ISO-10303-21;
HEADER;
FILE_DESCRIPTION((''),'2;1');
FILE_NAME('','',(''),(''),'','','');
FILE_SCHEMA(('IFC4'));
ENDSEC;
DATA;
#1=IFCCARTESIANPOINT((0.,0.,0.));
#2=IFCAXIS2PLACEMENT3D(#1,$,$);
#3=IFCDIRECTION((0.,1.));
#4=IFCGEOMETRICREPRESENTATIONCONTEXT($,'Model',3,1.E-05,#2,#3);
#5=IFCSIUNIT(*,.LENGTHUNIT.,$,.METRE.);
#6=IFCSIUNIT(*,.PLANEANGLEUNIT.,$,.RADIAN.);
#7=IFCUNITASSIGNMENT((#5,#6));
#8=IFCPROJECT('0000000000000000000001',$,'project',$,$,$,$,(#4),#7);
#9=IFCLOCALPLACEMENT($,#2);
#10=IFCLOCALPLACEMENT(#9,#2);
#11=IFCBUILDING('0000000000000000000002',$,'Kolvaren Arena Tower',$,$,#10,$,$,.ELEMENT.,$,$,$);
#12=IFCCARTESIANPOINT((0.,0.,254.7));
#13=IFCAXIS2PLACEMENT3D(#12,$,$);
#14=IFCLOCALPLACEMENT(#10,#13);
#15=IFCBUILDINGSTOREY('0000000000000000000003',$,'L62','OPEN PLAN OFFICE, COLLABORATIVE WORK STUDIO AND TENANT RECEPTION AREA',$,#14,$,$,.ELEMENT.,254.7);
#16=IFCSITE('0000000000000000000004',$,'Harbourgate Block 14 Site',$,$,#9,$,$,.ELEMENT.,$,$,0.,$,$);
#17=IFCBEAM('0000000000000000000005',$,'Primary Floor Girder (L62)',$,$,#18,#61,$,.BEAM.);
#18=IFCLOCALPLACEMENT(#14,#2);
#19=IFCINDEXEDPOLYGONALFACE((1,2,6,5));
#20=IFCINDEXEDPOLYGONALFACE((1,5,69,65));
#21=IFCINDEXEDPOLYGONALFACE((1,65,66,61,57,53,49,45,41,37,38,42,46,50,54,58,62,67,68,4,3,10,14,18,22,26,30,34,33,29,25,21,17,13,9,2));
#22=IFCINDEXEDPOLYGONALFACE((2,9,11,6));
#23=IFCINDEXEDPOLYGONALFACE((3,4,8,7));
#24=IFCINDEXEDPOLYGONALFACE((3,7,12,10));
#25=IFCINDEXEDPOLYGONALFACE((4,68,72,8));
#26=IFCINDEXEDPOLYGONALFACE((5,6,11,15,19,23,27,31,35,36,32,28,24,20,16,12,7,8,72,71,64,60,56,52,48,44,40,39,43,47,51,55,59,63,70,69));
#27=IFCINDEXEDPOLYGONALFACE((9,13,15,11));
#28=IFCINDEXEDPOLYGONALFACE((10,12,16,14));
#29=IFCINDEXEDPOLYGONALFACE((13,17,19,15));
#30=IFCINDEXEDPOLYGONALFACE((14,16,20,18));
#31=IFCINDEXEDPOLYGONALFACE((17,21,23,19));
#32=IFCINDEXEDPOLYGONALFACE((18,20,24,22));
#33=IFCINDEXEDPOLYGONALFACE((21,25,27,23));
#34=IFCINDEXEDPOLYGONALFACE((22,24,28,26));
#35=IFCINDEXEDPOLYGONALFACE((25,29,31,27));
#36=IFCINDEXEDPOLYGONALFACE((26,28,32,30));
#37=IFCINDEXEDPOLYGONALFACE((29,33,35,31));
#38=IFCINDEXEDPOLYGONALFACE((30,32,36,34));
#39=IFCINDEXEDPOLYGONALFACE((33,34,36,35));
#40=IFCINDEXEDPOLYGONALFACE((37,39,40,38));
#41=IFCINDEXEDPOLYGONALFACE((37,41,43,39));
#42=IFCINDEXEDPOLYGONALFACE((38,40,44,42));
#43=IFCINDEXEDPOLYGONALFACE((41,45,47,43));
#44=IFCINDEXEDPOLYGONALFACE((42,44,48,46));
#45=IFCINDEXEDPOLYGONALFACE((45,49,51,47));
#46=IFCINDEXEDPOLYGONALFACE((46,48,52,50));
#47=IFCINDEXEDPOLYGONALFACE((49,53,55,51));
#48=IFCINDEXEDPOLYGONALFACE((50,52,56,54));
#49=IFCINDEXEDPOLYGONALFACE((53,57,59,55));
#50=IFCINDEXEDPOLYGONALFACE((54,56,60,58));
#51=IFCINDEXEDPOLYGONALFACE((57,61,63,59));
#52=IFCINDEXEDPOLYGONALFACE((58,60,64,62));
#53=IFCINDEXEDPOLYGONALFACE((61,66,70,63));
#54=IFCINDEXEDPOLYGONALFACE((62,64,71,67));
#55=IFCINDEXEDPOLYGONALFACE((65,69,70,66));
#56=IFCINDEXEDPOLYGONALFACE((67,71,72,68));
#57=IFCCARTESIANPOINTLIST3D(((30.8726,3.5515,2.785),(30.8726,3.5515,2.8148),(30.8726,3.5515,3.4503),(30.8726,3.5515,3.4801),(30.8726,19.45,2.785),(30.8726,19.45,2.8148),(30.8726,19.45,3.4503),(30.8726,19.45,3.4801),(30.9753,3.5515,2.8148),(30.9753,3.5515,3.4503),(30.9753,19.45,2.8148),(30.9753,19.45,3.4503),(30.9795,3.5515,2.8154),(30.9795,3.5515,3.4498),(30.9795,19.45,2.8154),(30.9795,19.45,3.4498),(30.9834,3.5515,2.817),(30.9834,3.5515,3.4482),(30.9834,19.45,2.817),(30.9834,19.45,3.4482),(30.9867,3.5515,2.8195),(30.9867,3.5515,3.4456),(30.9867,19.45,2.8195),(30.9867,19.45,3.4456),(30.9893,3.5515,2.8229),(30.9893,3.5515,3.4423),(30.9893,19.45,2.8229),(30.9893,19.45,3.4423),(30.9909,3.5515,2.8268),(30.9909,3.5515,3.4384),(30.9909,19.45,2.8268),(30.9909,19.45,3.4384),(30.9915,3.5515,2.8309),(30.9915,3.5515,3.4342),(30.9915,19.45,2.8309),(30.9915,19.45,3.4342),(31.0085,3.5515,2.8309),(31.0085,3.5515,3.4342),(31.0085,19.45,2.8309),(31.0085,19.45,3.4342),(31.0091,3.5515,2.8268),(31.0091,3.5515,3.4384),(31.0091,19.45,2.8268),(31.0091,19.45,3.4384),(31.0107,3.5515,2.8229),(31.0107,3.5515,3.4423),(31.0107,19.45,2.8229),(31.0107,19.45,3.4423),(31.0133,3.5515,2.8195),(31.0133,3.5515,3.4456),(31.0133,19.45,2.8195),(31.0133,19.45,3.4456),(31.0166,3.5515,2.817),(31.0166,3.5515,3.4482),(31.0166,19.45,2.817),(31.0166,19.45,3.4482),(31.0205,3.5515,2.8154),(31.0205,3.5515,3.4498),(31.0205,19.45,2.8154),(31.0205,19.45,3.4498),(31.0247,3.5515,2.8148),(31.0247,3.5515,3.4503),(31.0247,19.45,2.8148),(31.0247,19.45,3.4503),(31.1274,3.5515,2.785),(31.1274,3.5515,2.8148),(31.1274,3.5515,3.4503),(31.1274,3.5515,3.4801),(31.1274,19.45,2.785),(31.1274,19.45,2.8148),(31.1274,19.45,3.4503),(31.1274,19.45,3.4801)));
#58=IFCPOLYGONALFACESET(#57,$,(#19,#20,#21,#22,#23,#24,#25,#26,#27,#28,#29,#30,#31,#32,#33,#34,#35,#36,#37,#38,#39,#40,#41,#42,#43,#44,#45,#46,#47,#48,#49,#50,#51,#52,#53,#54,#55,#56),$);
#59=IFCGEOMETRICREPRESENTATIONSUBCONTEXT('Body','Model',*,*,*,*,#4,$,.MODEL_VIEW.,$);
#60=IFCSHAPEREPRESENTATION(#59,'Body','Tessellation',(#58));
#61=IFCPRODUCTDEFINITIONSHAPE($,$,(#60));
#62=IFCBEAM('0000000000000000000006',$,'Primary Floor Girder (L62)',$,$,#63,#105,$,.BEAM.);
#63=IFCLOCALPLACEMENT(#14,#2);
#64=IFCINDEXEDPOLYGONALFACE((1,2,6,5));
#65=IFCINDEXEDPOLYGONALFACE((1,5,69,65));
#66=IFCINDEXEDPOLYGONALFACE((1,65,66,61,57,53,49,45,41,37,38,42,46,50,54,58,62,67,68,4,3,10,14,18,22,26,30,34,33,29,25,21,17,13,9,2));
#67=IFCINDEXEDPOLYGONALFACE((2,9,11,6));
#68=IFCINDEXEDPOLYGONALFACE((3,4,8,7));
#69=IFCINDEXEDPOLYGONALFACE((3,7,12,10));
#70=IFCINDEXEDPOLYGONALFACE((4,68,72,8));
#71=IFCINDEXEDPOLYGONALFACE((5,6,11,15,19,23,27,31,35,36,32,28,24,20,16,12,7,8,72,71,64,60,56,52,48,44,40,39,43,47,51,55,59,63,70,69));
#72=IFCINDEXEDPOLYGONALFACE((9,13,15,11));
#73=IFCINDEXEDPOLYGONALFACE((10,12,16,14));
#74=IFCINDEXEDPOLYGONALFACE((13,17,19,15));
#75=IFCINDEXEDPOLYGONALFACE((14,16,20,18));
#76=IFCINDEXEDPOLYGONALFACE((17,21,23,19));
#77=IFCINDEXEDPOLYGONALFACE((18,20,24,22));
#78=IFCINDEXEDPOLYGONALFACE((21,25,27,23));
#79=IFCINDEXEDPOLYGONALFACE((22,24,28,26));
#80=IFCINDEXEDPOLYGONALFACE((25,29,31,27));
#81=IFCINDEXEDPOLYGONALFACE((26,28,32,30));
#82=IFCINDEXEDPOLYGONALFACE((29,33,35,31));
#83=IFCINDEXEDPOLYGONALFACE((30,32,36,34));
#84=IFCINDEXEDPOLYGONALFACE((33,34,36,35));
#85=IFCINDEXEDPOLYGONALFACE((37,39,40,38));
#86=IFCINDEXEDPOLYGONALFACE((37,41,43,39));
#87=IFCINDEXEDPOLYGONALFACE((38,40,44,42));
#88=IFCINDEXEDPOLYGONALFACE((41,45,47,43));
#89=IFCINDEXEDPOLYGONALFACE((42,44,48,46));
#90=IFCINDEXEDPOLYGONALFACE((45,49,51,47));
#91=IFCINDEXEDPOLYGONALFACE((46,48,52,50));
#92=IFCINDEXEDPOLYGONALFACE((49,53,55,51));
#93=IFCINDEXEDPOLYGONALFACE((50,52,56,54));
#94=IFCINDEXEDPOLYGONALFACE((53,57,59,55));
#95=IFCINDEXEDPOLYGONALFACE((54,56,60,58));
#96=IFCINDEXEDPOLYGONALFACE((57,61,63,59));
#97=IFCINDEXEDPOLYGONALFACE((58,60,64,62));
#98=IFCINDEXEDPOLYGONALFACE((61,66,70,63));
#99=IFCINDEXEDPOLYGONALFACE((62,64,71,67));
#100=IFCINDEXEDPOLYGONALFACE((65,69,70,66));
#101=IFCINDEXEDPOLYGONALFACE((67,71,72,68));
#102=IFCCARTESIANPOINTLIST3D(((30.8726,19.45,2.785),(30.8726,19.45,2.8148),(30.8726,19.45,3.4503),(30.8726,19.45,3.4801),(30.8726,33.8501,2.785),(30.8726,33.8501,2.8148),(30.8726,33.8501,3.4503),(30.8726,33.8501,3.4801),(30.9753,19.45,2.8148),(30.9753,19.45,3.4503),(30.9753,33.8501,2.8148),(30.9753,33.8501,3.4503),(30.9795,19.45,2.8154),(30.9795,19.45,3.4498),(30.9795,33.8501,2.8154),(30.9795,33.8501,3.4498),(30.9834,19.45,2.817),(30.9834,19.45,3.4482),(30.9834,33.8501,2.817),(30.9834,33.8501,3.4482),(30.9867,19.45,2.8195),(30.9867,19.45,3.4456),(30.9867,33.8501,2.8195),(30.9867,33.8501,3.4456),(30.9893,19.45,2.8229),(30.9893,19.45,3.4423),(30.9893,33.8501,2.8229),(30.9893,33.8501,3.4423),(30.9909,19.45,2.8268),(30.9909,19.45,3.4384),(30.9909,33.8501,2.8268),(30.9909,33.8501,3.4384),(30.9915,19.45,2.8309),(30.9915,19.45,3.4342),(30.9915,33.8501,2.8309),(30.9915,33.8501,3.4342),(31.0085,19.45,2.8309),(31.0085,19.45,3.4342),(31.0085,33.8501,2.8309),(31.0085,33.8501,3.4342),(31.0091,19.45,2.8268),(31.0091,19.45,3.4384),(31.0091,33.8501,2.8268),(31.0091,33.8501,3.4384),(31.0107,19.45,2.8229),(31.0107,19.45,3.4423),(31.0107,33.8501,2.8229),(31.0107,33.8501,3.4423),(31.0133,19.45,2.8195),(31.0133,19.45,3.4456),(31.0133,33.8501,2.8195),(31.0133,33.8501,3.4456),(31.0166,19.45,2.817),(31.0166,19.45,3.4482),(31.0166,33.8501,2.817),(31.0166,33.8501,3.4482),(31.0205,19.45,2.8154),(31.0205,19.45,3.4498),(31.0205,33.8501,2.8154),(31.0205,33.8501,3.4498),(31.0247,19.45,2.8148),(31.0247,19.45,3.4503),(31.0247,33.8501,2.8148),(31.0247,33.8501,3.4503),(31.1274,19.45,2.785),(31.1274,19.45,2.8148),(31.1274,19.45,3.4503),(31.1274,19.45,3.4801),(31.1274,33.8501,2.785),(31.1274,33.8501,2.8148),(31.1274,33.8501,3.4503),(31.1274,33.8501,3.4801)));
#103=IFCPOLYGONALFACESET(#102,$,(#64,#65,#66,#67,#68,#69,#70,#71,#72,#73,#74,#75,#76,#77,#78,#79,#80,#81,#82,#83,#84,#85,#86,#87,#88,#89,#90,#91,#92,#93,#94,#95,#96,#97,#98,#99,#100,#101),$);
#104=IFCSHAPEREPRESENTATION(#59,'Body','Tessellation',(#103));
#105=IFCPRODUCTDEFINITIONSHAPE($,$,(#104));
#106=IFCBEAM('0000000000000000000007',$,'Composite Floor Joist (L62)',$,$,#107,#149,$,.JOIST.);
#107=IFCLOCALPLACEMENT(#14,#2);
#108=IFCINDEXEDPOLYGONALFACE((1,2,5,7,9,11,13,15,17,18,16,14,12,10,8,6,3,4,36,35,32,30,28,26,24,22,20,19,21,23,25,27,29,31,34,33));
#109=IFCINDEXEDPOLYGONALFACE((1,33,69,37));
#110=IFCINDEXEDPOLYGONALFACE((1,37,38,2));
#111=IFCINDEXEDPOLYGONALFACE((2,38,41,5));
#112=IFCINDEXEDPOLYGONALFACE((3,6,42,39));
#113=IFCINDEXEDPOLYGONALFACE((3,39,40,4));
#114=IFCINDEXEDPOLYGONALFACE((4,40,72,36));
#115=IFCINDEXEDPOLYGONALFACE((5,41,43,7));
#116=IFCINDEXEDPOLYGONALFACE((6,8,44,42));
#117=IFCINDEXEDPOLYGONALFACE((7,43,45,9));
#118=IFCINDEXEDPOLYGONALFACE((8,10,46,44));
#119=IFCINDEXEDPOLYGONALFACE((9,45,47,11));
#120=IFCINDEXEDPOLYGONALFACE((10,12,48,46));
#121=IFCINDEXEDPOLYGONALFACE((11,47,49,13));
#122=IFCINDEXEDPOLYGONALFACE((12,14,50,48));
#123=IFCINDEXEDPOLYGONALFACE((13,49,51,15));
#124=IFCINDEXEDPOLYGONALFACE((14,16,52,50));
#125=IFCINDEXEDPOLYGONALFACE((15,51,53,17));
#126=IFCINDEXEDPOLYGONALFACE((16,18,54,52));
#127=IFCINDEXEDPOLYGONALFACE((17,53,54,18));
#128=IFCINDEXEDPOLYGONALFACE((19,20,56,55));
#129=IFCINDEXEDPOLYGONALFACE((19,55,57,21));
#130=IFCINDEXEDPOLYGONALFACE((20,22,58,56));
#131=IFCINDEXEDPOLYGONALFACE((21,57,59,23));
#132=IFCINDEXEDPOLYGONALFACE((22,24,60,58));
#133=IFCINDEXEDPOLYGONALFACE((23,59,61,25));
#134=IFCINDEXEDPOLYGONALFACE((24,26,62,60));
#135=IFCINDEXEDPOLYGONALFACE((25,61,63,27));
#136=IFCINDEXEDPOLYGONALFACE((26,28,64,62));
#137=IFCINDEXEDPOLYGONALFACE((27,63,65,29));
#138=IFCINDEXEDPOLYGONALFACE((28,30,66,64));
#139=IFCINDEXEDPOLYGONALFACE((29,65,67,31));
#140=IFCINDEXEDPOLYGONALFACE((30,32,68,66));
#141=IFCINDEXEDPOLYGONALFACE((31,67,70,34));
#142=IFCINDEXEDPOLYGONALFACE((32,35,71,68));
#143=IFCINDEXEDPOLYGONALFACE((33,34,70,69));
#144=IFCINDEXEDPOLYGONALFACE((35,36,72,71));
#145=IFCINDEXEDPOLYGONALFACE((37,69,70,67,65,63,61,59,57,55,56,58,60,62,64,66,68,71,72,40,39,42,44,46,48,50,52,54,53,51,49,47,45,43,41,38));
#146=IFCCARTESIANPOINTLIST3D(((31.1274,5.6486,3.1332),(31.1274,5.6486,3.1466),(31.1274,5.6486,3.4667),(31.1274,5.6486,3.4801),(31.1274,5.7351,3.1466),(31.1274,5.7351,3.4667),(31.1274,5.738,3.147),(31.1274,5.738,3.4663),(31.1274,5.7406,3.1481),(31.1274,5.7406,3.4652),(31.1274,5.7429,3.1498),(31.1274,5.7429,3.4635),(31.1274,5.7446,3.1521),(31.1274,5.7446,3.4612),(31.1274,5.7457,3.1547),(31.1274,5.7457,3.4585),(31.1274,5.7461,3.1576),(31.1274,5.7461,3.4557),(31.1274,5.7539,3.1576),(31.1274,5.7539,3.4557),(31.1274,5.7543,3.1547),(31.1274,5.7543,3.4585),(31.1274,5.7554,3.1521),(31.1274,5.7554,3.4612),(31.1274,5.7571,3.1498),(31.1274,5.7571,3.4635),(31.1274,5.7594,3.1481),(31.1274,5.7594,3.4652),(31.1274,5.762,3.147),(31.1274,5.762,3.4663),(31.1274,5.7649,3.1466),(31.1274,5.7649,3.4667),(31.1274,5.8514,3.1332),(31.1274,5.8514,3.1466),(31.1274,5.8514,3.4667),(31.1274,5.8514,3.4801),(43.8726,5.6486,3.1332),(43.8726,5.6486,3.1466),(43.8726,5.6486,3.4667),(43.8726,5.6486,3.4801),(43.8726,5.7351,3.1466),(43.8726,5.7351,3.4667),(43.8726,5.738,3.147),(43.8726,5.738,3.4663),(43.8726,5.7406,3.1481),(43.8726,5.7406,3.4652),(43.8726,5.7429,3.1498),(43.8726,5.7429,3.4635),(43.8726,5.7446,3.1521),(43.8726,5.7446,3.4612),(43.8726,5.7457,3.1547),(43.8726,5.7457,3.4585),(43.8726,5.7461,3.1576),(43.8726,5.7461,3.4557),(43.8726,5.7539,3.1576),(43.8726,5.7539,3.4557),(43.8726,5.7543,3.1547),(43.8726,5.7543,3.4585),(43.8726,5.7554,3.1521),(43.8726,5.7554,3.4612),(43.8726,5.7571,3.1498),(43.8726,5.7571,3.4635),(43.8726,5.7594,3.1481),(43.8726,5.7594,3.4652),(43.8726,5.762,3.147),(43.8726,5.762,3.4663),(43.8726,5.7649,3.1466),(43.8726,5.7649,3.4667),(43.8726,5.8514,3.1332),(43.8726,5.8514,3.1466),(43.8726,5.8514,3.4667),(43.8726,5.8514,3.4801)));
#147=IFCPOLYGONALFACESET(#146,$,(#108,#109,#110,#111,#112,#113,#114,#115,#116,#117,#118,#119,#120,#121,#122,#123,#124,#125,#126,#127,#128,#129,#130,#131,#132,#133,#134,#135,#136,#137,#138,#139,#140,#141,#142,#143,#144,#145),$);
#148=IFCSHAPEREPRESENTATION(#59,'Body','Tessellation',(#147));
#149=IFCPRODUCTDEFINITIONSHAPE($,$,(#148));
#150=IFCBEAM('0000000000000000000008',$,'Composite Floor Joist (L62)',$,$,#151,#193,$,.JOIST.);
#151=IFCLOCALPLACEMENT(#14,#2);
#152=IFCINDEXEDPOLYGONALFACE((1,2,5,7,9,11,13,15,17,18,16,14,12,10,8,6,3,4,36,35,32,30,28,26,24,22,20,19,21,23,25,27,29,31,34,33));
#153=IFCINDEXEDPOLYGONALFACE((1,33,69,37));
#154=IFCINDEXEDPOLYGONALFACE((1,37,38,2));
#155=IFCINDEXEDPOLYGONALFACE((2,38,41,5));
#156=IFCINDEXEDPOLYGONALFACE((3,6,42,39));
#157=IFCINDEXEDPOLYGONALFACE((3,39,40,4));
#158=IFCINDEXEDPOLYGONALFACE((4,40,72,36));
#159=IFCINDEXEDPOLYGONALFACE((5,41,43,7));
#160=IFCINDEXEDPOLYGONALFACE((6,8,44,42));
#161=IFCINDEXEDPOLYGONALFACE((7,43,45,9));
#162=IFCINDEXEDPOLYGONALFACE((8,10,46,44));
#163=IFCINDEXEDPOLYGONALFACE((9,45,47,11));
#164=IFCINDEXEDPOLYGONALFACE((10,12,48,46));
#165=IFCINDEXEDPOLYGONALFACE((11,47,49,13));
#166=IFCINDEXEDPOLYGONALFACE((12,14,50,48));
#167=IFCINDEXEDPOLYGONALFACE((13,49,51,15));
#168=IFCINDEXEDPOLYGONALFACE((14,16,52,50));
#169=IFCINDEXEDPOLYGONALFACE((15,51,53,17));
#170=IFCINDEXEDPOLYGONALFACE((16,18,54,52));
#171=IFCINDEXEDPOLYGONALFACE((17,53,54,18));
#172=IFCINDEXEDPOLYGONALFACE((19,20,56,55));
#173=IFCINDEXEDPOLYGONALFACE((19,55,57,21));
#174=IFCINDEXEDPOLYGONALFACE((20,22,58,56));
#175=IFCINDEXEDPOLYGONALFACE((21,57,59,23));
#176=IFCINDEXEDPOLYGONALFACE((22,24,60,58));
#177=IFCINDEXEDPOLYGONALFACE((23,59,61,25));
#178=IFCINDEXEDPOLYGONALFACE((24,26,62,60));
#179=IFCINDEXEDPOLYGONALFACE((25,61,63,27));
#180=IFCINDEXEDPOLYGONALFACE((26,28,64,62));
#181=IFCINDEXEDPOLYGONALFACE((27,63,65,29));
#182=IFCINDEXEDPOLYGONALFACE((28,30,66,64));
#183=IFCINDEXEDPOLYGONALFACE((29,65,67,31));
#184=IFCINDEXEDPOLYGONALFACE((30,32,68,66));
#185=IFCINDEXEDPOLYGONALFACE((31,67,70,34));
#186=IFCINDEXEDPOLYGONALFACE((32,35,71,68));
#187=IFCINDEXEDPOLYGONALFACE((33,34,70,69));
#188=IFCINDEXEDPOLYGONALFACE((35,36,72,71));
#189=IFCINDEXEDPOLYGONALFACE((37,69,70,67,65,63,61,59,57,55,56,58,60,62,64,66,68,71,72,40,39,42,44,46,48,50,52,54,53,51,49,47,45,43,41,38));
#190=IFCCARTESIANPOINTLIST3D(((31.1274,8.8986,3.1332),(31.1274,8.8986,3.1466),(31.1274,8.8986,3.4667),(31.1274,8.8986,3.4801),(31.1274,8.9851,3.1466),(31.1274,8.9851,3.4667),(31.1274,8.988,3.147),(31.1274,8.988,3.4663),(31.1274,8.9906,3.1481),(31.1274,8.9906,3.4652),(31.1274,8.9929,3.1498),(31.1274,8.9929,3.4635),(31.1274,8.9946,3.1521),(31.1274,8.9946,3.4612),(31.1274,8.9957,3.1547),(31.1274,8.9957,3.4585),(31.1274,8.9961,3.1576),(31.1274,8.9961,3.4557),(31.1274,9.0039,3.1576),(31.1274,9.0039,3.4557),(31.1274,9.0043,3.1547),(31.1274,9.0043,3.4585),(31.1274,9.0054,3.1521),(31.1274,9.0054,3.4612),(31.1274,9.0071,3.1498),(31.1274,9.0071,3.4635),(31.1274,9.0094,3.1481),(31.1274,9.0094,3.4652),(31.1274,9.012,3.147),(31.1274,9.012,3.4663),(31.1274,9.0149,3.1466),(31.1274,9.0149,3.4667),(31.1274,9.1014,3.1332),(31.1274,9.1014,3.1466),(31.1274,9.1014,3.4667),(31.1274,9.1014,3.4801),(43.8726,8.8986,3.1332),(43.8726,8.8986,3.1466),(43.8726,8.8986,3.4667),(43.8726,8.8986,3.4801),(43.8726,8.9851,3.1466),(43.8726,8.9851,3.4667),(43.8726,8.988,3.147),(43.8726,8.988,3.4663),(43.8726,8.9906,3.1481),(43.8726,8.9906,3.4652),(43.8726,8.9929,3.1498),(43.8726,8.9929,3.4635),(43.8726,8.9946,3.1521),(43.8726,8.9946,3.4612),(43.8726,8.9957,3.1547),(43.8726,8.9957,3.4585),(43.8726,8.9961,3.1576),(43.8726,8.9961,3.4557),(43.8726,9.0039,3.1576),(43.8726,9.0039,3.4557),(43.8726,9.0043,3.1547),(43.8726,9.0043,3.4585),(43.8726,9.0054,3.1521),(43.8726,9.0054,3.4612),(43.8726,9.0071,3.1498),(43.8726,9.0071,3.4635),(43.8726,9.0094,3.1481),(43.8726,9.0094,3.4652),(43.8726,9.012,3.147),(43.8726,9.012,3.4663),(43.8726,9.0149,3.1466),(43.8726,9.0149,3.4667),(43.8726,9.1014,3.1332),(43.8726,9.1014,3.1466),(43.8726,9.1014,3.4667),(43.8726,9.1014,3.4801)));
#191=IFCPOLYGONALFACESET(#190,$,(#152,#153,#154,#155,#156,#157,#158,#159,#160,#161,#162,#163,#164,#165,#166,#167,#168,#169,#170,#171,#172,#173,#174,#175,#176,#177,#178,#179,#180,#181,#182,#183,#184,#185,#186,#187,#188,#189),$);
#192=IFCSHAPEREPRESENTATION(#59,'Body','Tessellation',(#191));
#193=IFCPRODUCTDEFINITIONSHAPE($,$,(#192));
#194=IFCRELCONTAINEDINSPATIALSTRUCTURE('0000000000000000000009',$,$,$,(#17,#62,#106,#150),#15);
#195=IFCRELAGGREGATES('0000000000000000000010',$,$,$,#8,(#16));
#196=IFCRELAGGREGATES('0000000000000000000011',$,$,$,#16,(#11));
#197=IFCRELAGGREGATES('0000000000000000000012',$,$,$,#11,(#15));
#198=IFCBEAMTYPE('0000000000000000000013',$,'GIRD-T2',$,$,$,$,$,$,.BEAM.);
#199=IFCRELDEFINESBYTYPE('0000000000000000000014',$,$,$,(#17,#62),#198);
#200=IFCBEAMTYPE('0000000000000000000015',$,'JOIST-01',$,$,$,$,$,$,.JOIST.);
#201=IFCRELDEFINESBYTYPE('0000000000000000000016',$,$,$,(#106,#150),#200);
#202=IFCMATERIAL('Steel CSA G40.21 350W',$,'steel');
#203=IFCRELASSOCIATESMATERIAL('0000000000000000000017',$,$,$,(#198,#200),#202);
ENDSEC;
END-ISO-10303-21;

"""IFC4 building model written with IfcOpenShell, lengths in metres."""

from ifc_helpers import new_model, si_unit, direction, frame, origin, origin_2d, place, context, subcontext, project, spatial, i_section, extrude, material, material_profile, profile_set, type_object, element, save


model = new_model("IFC4")

# Units and contexts
model_context = context("Model", 3, precision=1e-05, world=origin(), true_north=direction((0.0, 1.0)))
body_context = subcontext(model_context, "Body", "Model", "MODEL_VIEW")
ifc_project = project(units=[si_unit("LENGTHUNIT", "METRE"), si_unit("PLANEANGLEUNIT", "RADIAN")], contexts=[model_context])

# Site, building, storey
site_placement = place(None, origin())
site = spatial("IfcSite", under=ifc_project, at=site_placement, Name="Harbourgate Block 14 Site", CompositionType="ELEMENT", RefElevation=0.0)
building_placement = place(site_placement, origin())
building = spatial("IfcBuilding", under=site, at=building_placement, Name="Kolvaren Arena Tower", CompositionType="ELEMENT")
storey_placement = place(building_placement, frame((0.0, 0.0, 254.7)))
storey = spatial("IfcBuildingStorey", under=building, at=storey_placement, Name="L62", Description="OPEN PLAN OFFICE, COLLABORATIVE WORK STUDIO AND TENANT RECEPTION AREA", CompositionType="ELEMENT", Elevation=254.7)

# Beams
ifc_material_1 = material(Name="Steel CSA G40.21 350W", Category="steel")
ifc_material_profile_1 = material_profile(ifc_material_1, i_section(OverallWidth=0.2549, OverallDepth=0.6951, WebThickness=0.0171, FlangeThickness=0.0298, FilletRadius=0.0161, at=origin_2d()), Name="W690x217")
ifc_profile_set_1 = profile_set([ifc_material_profile_1], Name="Steel CSA G40.21 350W")
beam_type_1 = type_object("IfcBeamType", Name="GIRD-T2", PredefinedType="BEAM", material=ifc_profile_set_1)
beam_1_placement = place(storey_placement, frame((31.0, 3.5515, 3.1326), z_axis=(0.0, 1.0, 0.0), x_axis=(-1.0, 0.0, 0.0)))
element("IfcBeam", 1, at=beam_1_placement, inside=storey, type_object=beam_type_1, Name="Primary Floor Girder (L62)", PredefinedType="BEAM", context=body_context, shape_type="SweptSolid", body=[
    extrude(i_section(OverallWidth=0.2549, OverallDepth=0.6951, WebThickness=0.0171, FlangeThickness=0.0298, FilletRadius=0.0161, at=origin_2d()), origin(), (0.0, 0.0, 1.0), 15.8984),
])
beam_2_placement = place(storey_placement, frame((31.0, 19.45, 3.1326), z_axis=(0.0, 1.0, 0.0), x_axis=(-1.0, 0.0, 0.0)))
element("IfcBeam", 2, at=beam_2_placement, inside=storey, type_object=beam_type_1, Name="Primary Floor Girder (L62)", PredefinedType="BEAM", context=body_context, shape_type="SweptSolid", body=[
    extrude(i_section(OverallWidth=0.2549, OverallDepth=0.6951, WebThickness=0.0171, FlangeThickness=0.0298, FilletRadius=0.0161, at=origin_2d()), origin(), (0.0, 0.0, 1.0), 14.4001),
])
ifc_material_profile_2 = material_profile(ifc_material_1, i_section(OverallWidth=0.2029, OverallDepth=0.3469, WebThickness=0.0078, FlangeThickness=0.0134, FilletRadius=0.011, at=origin_2d()), Name="W360x64")
ifc_profile_set_2 = profile_set([ifc_material_profile_2], Name="Steel CSA G40.21 350W")
beam_type_2 = type_object("IfcBeamType", Name="JOIST-01", PredefinedType="JOIST", material=ifc_profile_set_2)
for number, where, z_axis, x_axis, name in (
    (3, (31.1274, 5.75, 3.3066), (1.0, 0.0, 0.0), (0.0, 1.0, 0.0), "Composite Floor Joist (L62)"),
    (4, (31.1274, 9.0, 3.3066), (1.0, 0.0, 0.0), (0.0, 1.0, 0.0), "Composite Floor Joist (L62)"),
):
    element("IfcBeam", number, at=place(storey_placement, frame(where, z_axis=z_axis, x_axis=x_axis)), inside=storey, type_object=beam_type_2, Name=name, PredefinedType="JOIST", context=body_context, shape_type="SweptSolid", body=[
        extrude(i_section(OverallWidth=0.2029, OverallDepth=0.3469, WebThickness=0.0078, FlangeThickness=0.0134, FilletRadius=0.011, at=origin_2d()), origin(), (0.0, 0.0, 1.0), 12.7451),
    ])

save(model, "model.ifc")
